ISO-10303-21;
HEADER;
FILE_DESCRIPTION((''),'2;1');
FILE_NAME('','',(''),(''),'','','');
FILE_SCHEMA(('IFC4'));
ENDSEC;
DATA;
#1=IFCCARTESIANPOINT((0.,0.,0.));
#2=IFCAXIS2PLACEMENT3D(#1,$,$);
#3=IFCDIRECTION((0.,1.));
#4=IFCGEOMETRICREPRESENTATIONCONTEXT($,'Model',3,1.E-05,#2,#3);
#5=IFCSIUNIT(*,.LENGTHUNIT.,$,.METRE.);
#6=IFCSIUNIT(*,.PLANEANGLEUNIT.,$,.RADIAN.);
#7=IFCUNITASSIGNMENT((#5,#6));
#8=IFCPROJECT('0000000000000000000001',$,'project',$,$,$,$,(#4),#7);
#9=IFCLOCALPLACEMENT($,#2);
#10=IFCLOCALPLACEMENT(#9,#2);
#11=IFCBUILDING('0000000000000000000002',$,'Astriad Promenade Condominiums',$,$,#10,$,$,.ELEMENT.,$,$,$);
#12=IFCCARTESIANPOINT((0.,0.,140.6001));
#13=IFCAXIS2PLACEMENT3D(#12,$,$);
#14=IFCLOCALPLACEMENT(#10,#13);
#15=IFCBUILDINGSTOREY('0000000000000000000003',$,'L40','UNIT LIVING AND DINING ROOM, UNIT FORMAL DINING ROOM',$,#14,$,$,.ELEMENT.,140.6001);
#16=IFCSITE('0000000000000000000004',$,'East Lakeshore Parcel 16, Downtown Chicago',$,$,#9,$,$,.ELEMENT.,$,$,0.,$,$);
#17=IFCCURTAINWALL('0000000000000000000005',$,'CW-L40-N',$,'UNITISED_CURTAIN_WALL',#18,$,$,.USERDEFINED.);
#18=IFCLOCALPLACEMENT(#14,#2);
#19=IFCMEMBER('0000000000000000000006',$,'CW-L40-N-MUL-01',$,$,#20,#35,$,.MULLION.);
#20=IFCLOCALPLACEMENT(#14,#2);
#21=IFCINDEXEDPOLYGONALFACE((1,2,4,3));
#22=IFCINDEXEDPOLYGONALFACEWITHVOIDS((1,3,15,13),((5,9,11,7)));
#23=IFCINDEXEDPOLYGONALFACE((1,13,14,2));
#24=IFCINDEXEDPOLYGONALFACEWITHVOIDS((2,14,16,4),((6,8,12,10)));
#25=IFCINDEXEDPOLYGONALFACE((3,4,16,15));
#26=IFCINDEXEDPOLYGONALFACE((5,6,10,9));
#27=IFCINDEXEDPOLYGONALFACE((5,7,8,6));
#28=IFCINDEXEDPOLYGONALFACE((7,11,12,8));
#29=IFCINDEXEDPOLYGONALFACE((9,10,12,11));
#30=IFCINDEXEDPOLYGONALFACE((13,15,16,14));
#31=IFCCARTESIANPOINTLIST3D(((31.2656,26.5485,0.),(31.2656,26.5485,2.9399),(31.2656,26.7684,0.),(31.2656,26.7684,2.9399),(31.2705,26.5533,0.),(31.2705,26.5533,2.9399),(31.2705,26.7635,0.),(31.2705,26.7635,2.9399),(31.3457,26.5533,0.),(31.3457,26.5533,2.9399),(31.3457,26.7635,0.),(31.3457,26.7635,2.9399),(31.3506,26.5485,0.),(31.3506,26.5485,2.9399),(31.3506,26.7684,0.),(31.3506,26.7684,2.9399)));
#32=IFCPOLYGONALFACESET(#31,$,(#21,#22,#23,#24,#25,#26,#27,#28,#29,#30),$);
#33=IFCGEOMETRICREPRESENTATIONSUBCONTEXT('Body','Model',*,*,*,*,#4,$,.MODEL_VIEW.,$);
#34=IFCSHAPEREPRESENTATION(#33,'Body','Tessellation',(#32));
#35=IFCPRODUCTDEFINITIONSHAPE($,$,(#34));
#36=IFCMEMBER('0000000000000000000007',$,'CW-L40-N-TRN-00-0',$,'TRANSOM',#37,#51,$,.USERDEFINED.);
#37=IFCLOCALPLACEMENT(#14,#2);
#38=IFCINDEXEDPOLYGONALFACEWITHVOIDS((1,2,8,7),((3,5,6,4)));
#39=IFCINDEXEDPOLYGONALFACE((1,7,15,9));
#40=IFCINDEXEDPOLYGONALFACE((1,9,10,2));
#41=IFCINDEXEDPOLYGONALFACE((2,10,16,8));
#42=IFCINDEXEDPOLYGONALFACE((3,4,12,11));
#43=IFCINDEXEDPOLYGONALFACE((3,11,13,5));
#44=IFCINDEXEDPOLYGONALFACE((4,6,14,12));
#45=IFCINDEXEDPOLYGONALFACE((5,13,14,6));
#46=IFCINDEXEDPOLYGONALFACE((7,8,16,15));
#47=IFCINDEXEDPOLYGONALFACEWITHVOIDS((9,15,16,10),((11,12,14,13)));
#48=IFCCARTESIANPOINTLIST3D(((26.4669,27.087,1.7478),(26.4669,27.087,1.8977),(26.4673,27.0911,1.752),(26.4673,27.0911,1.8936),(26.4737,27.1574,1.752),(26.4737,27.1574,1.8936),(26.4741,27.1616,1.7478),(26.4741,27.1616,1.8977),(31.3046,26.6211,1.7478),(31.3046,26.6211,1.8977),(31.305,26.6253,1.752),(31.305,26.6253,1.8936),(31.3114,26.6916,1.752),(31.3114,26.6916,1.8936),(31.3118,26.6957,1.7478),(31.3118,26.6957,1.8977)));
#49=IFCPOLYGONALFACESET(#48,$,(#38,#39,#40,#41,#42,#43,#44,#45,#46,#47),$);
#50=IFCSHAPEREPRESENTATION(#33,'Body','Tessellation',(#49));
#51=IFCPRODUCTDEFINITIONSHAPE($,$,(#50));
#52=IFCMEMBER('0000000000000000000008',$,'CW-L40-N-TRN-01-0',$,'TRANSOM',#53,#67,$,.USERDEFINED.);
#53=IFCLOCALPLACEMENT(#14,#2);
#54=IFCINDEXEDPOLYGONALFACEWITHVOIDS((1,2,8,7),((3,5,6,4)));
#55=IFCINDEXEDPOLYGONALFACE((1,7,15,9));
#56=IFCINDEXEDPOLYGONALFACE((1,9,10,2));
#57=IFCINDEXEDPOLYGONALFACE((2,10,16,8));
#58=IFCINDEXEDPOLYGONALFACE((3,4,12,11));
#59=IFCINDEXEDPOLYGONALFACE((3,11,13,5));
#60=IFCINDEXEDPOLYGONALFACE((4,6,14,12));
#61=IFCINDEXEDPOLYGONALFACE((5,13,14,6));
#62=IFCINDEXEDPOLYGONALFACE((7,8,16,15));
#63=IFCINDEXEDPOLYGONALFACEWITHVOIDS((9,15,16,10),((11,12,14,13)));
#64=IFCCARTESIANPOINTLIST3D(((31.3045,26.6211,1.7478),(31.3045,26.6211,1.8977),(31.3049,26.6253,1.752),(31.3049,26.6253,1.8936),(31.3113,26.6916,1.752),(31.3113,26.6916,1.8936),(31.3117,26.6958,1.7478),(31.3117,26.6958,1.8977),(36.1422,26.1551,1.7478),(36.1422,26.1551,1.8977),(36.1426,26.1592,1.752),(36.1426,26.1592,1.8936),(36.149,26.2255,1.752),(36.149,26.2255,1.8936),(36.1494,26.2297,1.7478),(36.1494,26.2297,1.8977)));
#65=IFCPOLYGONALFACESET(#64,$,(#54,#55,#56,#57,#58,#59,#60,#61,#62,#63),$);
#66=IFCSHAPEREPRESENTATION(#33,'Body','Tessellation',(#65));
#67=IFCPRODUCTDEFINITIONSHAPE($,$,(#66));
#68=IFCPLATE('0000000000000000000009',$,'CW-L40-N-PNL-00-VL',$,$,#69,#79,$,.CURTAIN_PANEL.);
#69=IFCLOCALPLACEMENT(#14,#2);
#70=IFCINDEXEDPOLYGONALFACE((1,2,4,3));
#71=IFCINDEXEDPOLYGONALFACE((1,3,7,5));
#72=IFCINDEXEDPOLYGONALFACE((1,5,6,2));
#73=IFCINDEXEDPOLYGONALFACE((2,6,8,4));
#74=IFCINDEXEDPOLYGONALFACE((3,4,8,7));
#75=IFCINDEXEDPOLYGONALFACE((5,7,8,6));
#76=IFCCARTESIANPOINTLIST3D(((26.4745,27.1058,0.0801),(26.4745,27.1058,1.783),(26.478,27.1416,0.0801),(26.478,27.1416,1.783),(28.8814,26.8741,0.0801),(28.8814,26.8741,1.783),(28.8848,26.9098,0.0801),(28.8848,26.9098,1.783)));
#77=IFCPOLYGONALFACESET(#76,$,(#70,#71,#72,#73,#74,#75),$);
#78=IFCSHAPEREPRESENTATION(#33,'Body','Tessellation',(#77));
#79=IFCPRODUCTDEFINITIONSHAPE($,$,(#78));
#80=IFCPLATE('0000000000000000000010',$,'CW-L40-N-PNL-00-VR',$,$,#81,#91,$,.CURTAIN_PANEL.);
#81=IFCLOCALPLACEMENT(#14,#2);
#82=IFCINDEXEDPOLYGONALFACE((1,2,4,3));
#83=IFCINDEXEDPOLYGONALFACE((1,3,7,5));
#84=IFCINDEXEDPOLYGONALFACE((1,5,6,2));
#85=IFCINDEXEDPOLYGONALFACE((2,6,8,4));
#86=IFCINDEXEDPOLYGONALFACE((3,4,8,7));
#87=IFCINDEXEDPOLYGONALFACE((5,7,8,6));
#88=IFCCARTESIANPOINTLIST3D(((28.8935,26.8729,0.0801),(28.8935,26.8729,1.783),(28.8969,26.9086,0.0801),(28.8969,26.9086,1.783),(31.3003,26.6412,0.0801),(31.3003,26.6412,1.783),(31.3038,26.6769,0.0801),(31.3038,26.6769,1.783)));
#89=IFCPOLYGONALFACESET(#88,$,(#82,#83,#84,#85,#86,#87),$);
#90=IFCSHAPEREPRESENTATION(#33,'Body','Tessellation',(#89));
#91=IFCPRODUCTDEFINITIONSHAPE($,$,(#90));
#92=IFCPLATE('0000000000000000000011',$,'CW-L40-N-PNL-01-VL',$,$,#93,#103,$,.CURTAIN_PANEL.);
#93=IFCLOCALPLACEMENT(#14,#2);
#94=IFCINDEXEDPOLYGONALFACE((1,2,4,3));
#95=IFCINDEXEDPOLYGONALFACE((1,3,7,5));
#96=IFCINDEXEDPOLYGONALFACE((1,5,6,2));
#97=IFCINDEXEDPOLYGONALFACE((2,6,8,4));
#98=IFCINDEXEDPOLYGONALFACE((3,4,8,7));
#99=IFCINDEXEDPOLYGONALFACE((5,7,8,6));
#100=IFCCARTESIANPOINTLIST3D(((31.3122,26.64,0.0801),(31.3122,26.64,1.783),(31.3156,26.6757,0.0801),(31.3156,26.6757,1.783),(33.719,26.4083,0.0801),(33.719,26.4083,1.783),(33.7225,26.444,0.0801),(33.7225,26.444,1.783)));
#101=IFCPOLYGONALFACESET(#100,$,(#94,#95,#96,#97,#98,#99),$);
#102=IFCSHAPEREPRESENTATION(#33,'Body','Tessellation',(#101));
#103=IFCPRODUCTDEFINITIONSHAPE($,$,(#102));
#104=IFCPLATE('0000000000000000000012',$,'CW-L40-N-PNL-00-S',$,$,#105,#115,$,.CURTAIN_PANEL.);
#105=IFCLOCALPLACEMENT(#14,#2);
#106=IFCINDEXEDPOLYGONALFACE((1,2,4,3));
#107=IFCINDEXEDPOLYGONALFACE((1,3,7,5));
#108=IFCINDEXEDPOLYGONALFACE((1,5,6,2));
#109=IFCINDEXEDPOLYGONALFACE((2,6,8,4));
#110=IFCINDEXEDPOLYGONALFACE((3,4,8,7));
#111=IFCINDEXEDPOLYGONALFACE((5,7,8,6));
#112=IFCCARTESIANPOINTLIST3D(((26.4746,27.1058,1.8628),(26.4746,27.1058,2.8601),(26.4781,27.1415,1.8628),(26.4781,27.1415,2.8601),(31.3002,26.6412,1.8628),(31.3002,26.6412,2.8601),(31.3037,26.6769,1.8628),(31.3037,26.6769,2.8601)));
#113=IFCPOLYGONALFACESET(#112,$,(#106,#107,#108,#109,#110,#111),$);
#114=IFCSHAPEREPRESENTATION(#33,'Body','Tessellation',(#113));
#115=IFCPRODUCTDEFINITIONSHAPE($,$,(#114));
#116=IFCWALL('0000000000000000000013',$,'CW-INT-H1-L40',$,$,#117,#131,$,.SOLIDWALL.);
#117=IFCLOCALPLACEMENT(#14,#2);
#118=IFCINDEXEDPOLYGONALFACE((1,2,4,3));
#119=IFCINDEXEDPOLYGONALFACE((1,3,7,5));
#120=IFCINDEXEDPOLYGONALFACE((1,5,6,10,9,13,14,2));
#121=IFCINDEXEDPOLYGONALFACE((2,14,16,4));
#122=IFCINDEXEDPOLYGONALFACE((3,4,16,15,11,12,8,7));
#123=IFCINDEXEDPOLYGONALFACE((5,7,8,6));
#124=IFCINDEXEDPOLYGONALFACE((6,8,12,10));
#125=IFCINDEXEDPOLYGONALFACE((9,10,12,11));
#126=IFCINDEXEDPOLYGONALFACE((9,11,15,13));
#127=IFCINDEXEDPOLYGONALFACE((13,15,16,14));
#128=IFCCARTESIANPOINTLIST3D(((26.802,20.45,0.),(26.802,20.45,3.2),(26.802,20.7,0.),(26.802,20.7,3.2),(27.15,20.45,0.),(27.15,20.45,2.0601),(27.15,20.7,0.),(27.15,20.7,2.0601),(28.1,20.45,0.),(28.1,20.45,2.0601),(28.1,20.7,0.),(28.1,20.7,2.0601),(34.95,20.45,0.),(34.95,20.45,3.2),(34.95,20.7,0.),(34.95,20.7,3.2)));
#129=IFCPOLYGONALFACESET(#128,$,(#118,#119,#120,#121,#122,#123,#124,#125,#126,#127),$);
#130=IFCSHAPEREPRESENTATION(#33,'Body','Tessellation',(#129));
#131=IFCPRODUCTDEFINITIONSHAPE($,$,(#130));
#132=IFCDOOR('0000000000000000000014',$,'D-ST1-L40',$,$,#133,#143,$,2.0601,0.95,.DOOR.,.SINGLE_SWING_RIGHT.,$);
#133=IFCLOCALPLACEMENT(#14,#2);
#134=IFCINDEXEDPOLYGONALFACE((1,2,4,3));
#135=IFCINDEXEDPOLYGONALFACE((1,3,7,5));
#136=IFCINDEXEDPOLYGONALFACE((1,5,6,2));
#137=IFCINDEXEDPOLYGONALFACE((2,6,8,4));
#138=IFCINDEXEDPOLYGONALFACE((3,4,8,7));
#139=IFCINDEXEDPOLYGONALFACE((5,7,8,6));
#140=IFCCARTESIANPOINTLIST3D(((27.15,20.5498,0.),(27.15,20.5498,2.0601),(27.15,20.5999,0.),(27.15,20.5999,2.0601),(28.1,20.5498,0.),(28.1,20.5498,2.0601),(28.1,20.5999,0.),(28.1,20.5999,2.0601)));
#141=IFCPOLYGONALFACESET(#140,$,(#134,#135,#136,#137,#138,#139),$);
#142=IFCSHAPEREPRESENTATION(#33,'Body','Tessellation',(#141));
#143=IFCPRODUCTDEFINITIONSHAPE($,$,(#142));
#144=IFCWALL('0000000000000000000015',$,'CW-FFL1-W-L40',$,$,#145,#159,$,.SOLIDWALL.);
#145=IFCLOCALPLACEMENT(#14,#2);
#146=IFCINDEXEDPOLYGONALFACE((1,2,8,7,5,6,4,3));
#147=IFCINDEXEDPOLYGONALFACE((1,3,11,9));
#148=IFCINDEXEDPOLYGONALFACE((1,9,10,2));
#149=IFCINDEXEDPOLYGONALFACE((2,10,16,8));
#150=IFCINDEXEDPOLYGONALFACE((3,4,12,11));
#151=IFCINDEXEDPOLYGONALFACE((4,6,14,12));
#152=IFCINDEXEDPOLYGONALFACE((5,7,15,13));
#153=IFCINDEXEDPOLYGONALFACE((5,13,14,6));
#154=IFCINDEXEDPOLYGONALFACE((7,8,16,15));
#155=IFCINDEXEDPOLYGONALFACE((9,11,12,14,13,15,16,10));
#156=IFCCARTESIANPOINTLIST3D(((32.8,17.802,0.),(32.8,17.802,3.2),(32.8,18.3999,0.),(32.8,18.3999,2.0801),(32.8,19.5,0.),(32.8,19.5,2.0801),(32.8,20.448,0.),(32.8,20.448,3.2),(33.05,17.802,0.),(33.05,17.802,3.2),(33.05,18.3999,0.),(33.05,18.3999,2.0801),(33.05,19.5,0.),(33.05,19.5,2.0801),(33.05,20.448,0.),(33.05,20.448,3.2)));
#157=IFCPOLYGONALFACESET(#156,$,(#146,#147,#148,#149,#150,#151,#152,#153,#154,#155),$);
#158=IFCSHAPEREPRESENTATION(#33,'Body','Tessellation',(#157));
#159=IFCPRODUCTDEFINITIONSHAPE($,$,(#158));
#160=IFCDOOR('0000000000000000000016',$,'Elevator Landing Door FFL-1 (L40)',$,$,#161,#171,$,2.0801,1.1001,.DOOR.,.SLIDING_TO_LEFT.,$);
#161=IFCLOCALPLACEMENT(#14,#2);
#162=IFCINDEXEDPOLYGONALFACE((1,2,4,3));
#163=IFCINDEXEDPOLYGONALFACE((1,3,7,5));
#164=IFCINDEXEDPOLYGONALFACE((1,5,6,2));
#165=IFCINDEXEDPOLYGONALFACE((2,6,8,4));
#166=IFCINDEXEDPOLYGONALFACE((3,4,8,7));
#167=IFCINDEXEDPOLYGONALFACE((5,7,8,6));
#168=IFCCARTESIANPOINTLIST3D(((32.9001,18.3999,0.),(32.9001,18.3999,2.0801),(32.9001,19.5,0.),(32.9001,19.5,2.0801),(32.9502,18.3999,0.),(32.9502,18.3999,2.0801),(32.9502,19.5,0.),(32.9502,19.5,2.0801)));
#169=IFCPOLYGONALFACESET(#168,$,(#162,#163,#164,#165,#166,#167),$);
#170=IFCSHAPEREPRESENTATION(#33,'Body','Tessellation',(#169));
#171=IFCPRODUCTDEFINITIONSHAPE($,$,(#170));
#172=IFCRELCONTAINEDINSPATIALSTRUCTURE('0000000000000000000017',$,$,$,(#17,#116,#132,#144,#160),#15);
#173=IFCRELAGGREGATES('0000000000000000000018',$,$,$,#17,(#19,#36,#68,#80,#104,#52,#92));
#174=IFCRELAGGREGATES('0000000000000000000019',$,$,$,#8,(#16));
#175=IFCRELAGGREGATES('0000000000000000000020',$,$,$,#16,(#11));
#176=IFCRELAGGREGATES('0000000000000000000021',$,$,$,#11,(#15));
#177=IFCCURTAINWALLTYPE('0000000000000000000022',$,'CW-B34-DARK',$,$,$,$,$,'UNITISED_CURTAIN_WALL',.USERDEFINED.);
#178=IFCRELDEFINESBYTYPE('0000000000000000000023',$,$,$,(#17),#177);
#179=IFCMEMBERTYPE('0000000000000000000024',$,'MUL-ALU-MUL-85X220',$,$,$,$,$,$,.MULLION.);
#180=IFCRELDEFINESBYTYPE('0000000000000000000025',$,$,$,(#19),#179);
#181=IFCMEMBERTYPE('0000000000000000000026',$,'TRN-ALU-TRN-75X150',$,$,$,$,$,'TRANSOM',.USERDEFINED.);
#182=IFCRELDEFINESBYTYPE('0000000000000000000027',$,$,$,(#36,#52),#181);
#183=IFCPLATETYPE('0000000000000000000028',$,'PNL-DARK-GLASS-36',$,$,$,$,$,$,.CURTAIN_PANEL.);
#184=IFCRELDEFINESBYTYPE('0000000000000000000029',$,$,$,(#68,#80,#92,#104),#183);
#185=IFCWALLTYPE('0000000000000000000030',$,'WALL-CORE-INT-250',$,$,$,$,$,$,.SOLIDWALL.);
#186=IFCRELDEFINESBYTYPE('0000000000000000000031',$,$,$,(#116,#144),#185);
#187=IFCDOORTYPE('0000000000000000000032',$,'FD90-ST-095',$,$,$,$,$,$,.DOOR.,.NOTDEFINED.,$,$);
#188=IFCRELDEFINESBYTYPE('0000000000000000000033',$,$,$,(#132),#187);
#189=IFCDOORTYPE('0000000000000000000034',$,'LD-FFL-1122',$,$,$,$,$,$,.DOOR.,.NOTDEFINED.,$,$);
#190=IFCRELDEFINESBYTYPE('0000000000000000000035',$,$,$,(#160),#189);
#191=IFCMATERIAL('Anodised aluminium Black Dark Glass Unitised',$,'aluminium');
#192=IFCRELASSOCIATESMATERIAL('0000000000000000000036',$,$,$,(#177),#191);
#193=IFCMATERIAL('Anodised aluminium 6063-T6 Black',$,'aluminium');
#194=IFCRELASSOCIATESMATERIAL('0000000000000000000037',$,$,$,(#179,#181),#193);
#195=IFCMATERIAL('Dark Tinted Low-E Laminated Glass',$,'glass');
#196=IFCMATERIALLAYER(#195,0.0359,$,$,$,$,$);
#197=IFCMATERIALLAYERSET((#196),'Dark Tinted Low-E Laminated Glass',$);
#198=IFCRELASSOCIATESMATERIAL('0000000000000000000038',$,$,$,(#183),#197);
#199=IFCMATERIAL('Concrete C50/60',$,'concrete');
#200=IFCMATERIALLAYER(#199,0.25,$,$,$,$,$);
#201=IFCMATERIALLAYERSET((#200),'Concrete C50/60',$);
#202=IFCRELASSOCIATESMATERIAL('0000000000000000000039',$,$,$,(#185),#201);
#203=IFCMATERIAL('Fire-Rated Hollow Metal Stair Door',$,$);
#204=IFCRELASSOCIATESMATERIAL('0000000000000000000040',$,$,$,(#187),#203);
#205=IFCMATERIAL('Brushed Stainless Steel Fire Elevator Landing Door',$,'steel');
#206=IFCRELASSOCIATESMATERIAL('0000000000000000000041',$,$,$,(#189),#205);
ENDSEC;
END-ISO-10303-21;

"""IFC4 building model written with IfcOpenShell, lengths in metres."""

from ifc_helpers import new_model, si_unit, direction, frame, frame_2d, origin, origin_2d, place, context, subcontext, project, spatial, rectangle, hollow_rectangle, extrude, source, transform, mapped, material, layer, layer_set, material_profile, profile_set, type_object, type_shapes, element, fill, aggregate, save


model = new_model("IFC4")

# Units and contexts
model_context = context("Model", 3, precision=1e-05, world=origin(), true_north=direction((0.0, 1.0)))
body_context = subcontext(model_context, "Body", "Model", "MODEL_VIEW")
ifc_project = project(units=[si_unit("LENGTHUNIT", "METRE"), si_unit("PLANEANGLEUNIT", "RADIAN")], contexts=[model_context])

# Site, building, storey
site_placement = place(None, origin())
site = spatial("IfcSite", under=ifc_project, at=site_placement, Name="East Lakeshore Parcel 16, Downtown Chicago", CompositionType="ELEMENT", RefElevation=0.0)
building_placement = place(site_placement, origin())
building = spatial("IfcBuilding", under=site, at=building_placement, Name="Astriad Promenade Condominiums", CompositionType="ELEMENT")
storey_placement = place(building_placement, frame((0.0, 0.0, 140.6001)))
storey = spatial("IfcBuildingStorey", under=building, at=storey_placement, Name="L40", Description="UNIT LIVING AND DINING ROOM, UNIT FORMAL DINING ROOM", CompositionType="ELEMENT", Elevation=140.6001)

# Curtain wall, members, plates
ifc_material_1 = material(Name="Anodised aluminium Black Dark Glass Unitised", Category="aluminium")
curtain_wall_type = type_object("IfcCurtainWallType", Name="CW-B34-DARK", ElementType="UNITISED_CURTAIN_WALL", PredefinedType="USERDEFINED", material=ifc_material_1)
curtain_wall_placement = place(storey_placement, origin())
curtain_wall = element("IfcCurtainWall", 1, at=curtain_wall_placement, inside=storey, type_object=curtain_wall_type, Name="CW-L40-N", ObjectType="UNITISED_CURTAIN_WALL", PredefinedType="USERDEFINED")
ifc_material_2 = material(Name="Anodised aluminium 6063-T6 Black", Category="aluminium")
ifc_material_profile_1 = material_profile(ifc_material_2, hollow_rectangle(XDim=0.085, YDim=0.22, WallThickness=0.0049, at=origin_2d()), Name="ALU-MUL-85X220")
ifc_profile_set_1 = profile_set([ifc_material_profile_1], Name="Anodised aluminium 6063-T6 Black")
member_type_1 = type_object("IfcMemberType", Name="MUL-ALU-MUL-85X220", PredefinedType="MULLION", material=ifc_profile_set_1)
shared_shape_1 = source(origin(), body_context, "Body", "SweptSolid", [
    extrude(hollow_rectangle(XDim=0.085, YDim=0.22, WallThickness=0.0049, at=origin_2d()), origin(), (0.0, 0.0, 1.0), 2.9399),
])
type_shapes(member_type_1, [shared_shape_1])
member_1_placement = place(storey_placement, frame((31.3081, 26.6584, 0.0), z_axis=(0.0, 0.0, 1.0), x_axis=(1.0, 0.0, 0.0)))
member_1 = element("IfcMember", 2, at=member_1_placement, type_object=member_type_1, Name="CW-L40-N-MUL-01", PredefinedType="MULLION", context=body_context, shape_type="MappedRepresentation", body=[
    mapped(shared_shape_1, transform((0.0, 0.0, 0.0), scale=1.0)),
])
ifc_material_profile_2 = material_profile(ifc_material_2, hollow_rectangle(XDim=0.075, YDim=0.1499, WallThickness=0.0042, at=origin_2d()), Name="ALU-TRN-75X150")
ifc_profile_set_2 = profile_set([ifc_material_profile_2], Name="Anodised aluminium 6063-T6 Black")
member_type_2 = type_object("IfcMemberType", Name="TRN-ALU-TRN-75X150", ElementType="TRANSOM", PredefinedType="USERDEFINED", material=ifc_profile_set_2)
shared_shape_2 = source(origin(), body_context, "Body", "SweptSolid", [
    extrude(hollow_rectangle(XDim=0.075, YDim=0.1499, WallThickness=0.0042, at=origin_2d()), origin(), (0.0, 0.0, 1.0), 4.8601),
])
type_shapes(member_type_2, [shared_shape_2])
member_2_placement = place(storey_placement, frame((26.4705, 27.1243, 1.8228), z_axis=(0.995396, -0.095847, 0.0), x_axis=(0.095847, 0.995396, 0.0)))
member_2 = element("IfcMember", 3, at=member_2_placement, type_object=member_type_2, Name="CW-L40-N-TRN-00-0", ObjectType="TRANSOM", PredefinedType="USERDEFINED", context=body_context, shape_type="MappedRepresentation", body=[
    mapped(shared_shape_2, transform((0.0, 0.0, 0.0), scale=1.0)),
])
member_3_placement = place(storey_placement, frame((31.3081, 26.6584, 1.8228), z_axis=(0.995391, -0.095897, 0.0), x_axis=(0.095897, 0.995391, 0.0)))
member_3 = element("IfcMember", 4, at=member_3_placement, type_object=member_type_2, Name="CW-L40-N-TRN-01-0", ObjectType="TRANSOM", PredefinedType="USERDEFINED", context=body_context, shape_type="MappedRepresentation", body=[
    mapped(shared_shape_2, transform((0.0, 0.0, 0.0), scale=1.0)),
])
ifc_material_3 = material(Name="Dark Tinted Low-E Laminated Glass", Category="glass")
ifc_layer_1 = layer(ifc_material_3, 0.0359)
ifc_layer_set_1 = layer_set([ifc_layer_1], Name="Dark Tinted Low-E Laminated Glass")
plate_type = type_object("IfcPlateType", Name="PNL-DARK-GLASS-36", PredefinedType="CURTAIN_PANEL", material=ifc_layer_set_1)
shared_shape_3 = source(origin(), body_context, "Body", "SweptSolid", [
    extrude(rectangle(XDim=2.418, YDim=0.0359, at=origin_2d()), origin(), (0.0, 0.0, 1.0), 1.7029),
])
plate_1_placement = place(storey_placement, frame((27.6797, 27.0078, 0.0801), z_axis=(0.0, 0.0, 1.0), x_axis=(0.995396, -0.095846, 0.0)))
plate_1 = element("IfcPlate", 5, at=plate_1_placement, type_object=plate_type, Name="CW-L40-N-PNL-00-VL", PredefinedType="CURTAIN_PANEL", context=body_context, shape_type="MappedRepresentation", body=[
    mapped(shared_shape_3, transform((0.0, 0.0, 0.0), scale=1.0)),
])
plate_2_placement = place(storey_placement, frame((30.0986, 26.7749, 0.0801), z_axis=(0.0, 0.0, 1.0), x_axis=(0.995396, -0.095846, 0.0)))
plate_2 = element("IfcPlate", 6, at=plate_2_placement, type_object=plate_type, Name="CW-L40-N-PNL-00-VR", PredefinedType="CURTAIN_PANEL", context=body_context, shape_type="MappedRepresentation", body=[
    mapped(shared_shape_3, transform((0.0, 0.0, 0.0), scale=1.0)),
])
plate_3_placement = place(storey_placement, frame((32.5173, 26.542, 0.0801), z_axis=(0.0, 0.0, 1.0), x_axis=(0.995396, -0.095846, 0.0)))
plate_3 = element("IfcPlate", 7, at=plate_3_placement, type_object=plate_type, Name="CW-L40-N-PNL-01-VL", PredefinedType="CURTAIN_PANEL", context=body_context, shape_type="MappedRepresentation", body=[
    mapped(shared_shape_3, transform((0.0, 0.0, 0.0), scale=1.0)),
])
shared_shape_4 = source(origin(), body_context, "Body", "SweptSolid", [
    extrude(rectangle(XDim=4.8479, YDim=0.0359, at=origin_2d()), origin(), (0.0, 0.0, 1.0), 0.9973),
])
type_shapes(plate_type, [shared_shape_3, shared_shape_4])
plate_4_placement = place(storey_placement, frame((28.8892, 26.8914, 1.8628), z_axis=(0.0, 0.0, 1.0), x_axis=(0.995396, -0.095846, 0.0)))
plate_4 = element("IfcPlate", 8, at=plate_4_placement, type_object=plate_type, Name="CW-L40-N-PNL-00-S", PredefinedType="CURTAIN_PANEL", context=body_context, shape_type="MappedRepresentation", body=[
    mapped(shared_shape_4, transform((0.0, 0.0, 0.0), scale=1.0)),
])
aggregate(curtain_wall, [member_1, member_2, plate_1, plate_2, plate_4, member_3, plate_3])

# Walls, openings, doors
ifc_material_4 = material(Name="Concrete C50/60", Category="concrete")
ifc_layer_2 = layer(ifc_material_4, 0.25)
ifc_layer_set_2 = layer_set([ifc_layer_2], Name="Concrete C50/60")
wall_type = type_object("IfcWallType", Name="WALL-CORE-INT-250", PredefinedType="SOLIDWALL", material=ifc_layer_set_2)
wall_1_placement = place(storey_placement, frame((26.802, 20.575, 0.0), z_axis=(0.0, 0.0, 1.0), x_axis=(1.0, 0.0, 0.0)))
wall_1 = element("IfcWall", 9, at=wall_1_placement, inside=storey, type_object=wall_type, Name="CW-INT-H1-L40", PredefinedType="SOLIDWALL", context=body_context, shape_type="SweptSolid", body=[
    extrude(rectangle(XDim=8.1479, YDim=0.25, at=frame_2d((4.074, 0.0))), origin(), (0.0, 0.0, 1.0), 3.2),
])
opening_1_placement = place(wall_1_placement, frame((0.3479, 0.0, 0.0)))
opening_1 = element("IfcOpeningElement", 10, at=opening_1_placement, cuts=wall_1, PredefinedType="OPENING", context=body_context, shape_type="SweptSolid", body=[
    extrude(rectangle(XDim=0.95, YDim=2.0601, at=frame_2d((0.4751, 1.03))), frame((0.0, 0.135, 0.0), z_axis=(0.0, -1.0, 0.0), x_axis=(1.0, 0.0, 0.0)), (0.0, 0.0, 1.0), 0.27),
])
ifc_material_5 = material(Name="Fire-Rated Hollow Metal Stair Door")
door_type_1 = type_object("IfcDoorType", Name="FD90-ST-095", OperationType="NOTDEFINED", PredefinedType="DOOR", material=ifc_material_5)
shared_shape_5 = source(origin(), body_context, "Body", "SweptSolid", [
    extrude(rectangle(XDim=0.95, YDim=2.0601, at=frame_2d((0.4751, 1.03))), frame((0.0, 0.0249, 0.0), z_axis=(0.0, -1.0, 0.0), x_axis=(1.0, 0.0, 0.0)), (0.0, 0.0, 1.0), 0.05),
])
type_shapes(door_type_1, [shared_shape_5])
door_1_placement = place(opening_1_placement, origin())
door_1 = element("IfcDoor", 11, at=door_1_placement, inside=storey, type_object=door_type_1, Name="D-ST1-L40", OperationType="SINGLE_SWING_RIGHT", OverallHeight=2.0601, OverallWidth=0.95, PredefinedType="DOOR", context=body_context, shape_type="MappedRepresentation", body=[
    mapped(shared_shape_5, transform((0.0, 0.0, 0.0), scale=1.0)),
])
fill(opening_1, door_1)
wall_2_placement = place(storey_placement, frame((32.925, 17.802, 0.0), z_axis=(0.0, 0.0, 1.0), x_axis=(0.0, 1.0, 0.0)))
wall_2 = element("IfcWall", 12, at=wall_2_placement, inside=storey, type_object=wall_type, Name="CW-FFL1-W-L40", PredefinedType="SOLIDWALL", context=body_context, shape_type="SweptSolid", body=[
    extrude(rectangle(XDim=2.646, YDim=0.25, at=frame_2d((1.323, 0.0))), origin(), (0.0, 0.0, 1.0), 3.2),
])
opening_2_placement = place(wall_2_placement, frame((0.5979, 0.0, 0.0)))
opening_2 = element("IfcOpeningElement", 13, at=opening_2_placement, cuts=wall_2, PredefinedType="OPENING", context=body_context, shape_type="SweptSolid", body=[
    extrude(rectangle(XDim=1.1001, YDim=2.0801, at=frame_2d((0.55, 1.04))), frame((0.0, 0.135, 0.0), z_axis=(0.0, -1.0, 0.0), x_axis=(1.0, 0.0, 0.0)), (0.0, 0.0, 1.0), 0.27),
])
ifc_material_6 = material(Name="Brushed Stainless Steel Fire Elevator Landing Door", Category="steel")
door_type_2 = type_object("IfcDoorType", Name="LD-FFL-1122", OperationType="NOTDEFINED", PredefinedType="DOOR", material=ifc_material_6)
shared_shape_6 = source(origin(), body_context, "Body", "SweptSolid", [
    extrude(rectangle(XDim=1.1001, YDim=2.0801, at=frame_2d((0.55, 1.04))), frame((0.0, 0.0249, 0.0), z_axis=(0.0, -1.0, 0.0), x_axis=(1.0, 0.0, 0.0)), (0.0, 0.0, 1.0), 0.05),
])
type_shapes(door_type_2, [shared_shape_6])
door_2_placement = place(opening_2_placement, origin())
door_2 = element("IfcDoor", 14, at=door_2_placement, inside=storey, type_object=door_type_2, Name="Elevator Landing Door FFL-1 (L40)", OperationType="SLIDING_TO_LEFT", OverallHeight=2.0801, OverallWidth=1.1001, PredefinedType="DOOR", context=body_context, shape_type="MappedRepresentation", body=[
    mapped(shared_shape_6, transform((0.0, 0.0, 0.0), scale=1.0)),
])
fill(opening_2, door_2)

save(model, "model.ifc")
